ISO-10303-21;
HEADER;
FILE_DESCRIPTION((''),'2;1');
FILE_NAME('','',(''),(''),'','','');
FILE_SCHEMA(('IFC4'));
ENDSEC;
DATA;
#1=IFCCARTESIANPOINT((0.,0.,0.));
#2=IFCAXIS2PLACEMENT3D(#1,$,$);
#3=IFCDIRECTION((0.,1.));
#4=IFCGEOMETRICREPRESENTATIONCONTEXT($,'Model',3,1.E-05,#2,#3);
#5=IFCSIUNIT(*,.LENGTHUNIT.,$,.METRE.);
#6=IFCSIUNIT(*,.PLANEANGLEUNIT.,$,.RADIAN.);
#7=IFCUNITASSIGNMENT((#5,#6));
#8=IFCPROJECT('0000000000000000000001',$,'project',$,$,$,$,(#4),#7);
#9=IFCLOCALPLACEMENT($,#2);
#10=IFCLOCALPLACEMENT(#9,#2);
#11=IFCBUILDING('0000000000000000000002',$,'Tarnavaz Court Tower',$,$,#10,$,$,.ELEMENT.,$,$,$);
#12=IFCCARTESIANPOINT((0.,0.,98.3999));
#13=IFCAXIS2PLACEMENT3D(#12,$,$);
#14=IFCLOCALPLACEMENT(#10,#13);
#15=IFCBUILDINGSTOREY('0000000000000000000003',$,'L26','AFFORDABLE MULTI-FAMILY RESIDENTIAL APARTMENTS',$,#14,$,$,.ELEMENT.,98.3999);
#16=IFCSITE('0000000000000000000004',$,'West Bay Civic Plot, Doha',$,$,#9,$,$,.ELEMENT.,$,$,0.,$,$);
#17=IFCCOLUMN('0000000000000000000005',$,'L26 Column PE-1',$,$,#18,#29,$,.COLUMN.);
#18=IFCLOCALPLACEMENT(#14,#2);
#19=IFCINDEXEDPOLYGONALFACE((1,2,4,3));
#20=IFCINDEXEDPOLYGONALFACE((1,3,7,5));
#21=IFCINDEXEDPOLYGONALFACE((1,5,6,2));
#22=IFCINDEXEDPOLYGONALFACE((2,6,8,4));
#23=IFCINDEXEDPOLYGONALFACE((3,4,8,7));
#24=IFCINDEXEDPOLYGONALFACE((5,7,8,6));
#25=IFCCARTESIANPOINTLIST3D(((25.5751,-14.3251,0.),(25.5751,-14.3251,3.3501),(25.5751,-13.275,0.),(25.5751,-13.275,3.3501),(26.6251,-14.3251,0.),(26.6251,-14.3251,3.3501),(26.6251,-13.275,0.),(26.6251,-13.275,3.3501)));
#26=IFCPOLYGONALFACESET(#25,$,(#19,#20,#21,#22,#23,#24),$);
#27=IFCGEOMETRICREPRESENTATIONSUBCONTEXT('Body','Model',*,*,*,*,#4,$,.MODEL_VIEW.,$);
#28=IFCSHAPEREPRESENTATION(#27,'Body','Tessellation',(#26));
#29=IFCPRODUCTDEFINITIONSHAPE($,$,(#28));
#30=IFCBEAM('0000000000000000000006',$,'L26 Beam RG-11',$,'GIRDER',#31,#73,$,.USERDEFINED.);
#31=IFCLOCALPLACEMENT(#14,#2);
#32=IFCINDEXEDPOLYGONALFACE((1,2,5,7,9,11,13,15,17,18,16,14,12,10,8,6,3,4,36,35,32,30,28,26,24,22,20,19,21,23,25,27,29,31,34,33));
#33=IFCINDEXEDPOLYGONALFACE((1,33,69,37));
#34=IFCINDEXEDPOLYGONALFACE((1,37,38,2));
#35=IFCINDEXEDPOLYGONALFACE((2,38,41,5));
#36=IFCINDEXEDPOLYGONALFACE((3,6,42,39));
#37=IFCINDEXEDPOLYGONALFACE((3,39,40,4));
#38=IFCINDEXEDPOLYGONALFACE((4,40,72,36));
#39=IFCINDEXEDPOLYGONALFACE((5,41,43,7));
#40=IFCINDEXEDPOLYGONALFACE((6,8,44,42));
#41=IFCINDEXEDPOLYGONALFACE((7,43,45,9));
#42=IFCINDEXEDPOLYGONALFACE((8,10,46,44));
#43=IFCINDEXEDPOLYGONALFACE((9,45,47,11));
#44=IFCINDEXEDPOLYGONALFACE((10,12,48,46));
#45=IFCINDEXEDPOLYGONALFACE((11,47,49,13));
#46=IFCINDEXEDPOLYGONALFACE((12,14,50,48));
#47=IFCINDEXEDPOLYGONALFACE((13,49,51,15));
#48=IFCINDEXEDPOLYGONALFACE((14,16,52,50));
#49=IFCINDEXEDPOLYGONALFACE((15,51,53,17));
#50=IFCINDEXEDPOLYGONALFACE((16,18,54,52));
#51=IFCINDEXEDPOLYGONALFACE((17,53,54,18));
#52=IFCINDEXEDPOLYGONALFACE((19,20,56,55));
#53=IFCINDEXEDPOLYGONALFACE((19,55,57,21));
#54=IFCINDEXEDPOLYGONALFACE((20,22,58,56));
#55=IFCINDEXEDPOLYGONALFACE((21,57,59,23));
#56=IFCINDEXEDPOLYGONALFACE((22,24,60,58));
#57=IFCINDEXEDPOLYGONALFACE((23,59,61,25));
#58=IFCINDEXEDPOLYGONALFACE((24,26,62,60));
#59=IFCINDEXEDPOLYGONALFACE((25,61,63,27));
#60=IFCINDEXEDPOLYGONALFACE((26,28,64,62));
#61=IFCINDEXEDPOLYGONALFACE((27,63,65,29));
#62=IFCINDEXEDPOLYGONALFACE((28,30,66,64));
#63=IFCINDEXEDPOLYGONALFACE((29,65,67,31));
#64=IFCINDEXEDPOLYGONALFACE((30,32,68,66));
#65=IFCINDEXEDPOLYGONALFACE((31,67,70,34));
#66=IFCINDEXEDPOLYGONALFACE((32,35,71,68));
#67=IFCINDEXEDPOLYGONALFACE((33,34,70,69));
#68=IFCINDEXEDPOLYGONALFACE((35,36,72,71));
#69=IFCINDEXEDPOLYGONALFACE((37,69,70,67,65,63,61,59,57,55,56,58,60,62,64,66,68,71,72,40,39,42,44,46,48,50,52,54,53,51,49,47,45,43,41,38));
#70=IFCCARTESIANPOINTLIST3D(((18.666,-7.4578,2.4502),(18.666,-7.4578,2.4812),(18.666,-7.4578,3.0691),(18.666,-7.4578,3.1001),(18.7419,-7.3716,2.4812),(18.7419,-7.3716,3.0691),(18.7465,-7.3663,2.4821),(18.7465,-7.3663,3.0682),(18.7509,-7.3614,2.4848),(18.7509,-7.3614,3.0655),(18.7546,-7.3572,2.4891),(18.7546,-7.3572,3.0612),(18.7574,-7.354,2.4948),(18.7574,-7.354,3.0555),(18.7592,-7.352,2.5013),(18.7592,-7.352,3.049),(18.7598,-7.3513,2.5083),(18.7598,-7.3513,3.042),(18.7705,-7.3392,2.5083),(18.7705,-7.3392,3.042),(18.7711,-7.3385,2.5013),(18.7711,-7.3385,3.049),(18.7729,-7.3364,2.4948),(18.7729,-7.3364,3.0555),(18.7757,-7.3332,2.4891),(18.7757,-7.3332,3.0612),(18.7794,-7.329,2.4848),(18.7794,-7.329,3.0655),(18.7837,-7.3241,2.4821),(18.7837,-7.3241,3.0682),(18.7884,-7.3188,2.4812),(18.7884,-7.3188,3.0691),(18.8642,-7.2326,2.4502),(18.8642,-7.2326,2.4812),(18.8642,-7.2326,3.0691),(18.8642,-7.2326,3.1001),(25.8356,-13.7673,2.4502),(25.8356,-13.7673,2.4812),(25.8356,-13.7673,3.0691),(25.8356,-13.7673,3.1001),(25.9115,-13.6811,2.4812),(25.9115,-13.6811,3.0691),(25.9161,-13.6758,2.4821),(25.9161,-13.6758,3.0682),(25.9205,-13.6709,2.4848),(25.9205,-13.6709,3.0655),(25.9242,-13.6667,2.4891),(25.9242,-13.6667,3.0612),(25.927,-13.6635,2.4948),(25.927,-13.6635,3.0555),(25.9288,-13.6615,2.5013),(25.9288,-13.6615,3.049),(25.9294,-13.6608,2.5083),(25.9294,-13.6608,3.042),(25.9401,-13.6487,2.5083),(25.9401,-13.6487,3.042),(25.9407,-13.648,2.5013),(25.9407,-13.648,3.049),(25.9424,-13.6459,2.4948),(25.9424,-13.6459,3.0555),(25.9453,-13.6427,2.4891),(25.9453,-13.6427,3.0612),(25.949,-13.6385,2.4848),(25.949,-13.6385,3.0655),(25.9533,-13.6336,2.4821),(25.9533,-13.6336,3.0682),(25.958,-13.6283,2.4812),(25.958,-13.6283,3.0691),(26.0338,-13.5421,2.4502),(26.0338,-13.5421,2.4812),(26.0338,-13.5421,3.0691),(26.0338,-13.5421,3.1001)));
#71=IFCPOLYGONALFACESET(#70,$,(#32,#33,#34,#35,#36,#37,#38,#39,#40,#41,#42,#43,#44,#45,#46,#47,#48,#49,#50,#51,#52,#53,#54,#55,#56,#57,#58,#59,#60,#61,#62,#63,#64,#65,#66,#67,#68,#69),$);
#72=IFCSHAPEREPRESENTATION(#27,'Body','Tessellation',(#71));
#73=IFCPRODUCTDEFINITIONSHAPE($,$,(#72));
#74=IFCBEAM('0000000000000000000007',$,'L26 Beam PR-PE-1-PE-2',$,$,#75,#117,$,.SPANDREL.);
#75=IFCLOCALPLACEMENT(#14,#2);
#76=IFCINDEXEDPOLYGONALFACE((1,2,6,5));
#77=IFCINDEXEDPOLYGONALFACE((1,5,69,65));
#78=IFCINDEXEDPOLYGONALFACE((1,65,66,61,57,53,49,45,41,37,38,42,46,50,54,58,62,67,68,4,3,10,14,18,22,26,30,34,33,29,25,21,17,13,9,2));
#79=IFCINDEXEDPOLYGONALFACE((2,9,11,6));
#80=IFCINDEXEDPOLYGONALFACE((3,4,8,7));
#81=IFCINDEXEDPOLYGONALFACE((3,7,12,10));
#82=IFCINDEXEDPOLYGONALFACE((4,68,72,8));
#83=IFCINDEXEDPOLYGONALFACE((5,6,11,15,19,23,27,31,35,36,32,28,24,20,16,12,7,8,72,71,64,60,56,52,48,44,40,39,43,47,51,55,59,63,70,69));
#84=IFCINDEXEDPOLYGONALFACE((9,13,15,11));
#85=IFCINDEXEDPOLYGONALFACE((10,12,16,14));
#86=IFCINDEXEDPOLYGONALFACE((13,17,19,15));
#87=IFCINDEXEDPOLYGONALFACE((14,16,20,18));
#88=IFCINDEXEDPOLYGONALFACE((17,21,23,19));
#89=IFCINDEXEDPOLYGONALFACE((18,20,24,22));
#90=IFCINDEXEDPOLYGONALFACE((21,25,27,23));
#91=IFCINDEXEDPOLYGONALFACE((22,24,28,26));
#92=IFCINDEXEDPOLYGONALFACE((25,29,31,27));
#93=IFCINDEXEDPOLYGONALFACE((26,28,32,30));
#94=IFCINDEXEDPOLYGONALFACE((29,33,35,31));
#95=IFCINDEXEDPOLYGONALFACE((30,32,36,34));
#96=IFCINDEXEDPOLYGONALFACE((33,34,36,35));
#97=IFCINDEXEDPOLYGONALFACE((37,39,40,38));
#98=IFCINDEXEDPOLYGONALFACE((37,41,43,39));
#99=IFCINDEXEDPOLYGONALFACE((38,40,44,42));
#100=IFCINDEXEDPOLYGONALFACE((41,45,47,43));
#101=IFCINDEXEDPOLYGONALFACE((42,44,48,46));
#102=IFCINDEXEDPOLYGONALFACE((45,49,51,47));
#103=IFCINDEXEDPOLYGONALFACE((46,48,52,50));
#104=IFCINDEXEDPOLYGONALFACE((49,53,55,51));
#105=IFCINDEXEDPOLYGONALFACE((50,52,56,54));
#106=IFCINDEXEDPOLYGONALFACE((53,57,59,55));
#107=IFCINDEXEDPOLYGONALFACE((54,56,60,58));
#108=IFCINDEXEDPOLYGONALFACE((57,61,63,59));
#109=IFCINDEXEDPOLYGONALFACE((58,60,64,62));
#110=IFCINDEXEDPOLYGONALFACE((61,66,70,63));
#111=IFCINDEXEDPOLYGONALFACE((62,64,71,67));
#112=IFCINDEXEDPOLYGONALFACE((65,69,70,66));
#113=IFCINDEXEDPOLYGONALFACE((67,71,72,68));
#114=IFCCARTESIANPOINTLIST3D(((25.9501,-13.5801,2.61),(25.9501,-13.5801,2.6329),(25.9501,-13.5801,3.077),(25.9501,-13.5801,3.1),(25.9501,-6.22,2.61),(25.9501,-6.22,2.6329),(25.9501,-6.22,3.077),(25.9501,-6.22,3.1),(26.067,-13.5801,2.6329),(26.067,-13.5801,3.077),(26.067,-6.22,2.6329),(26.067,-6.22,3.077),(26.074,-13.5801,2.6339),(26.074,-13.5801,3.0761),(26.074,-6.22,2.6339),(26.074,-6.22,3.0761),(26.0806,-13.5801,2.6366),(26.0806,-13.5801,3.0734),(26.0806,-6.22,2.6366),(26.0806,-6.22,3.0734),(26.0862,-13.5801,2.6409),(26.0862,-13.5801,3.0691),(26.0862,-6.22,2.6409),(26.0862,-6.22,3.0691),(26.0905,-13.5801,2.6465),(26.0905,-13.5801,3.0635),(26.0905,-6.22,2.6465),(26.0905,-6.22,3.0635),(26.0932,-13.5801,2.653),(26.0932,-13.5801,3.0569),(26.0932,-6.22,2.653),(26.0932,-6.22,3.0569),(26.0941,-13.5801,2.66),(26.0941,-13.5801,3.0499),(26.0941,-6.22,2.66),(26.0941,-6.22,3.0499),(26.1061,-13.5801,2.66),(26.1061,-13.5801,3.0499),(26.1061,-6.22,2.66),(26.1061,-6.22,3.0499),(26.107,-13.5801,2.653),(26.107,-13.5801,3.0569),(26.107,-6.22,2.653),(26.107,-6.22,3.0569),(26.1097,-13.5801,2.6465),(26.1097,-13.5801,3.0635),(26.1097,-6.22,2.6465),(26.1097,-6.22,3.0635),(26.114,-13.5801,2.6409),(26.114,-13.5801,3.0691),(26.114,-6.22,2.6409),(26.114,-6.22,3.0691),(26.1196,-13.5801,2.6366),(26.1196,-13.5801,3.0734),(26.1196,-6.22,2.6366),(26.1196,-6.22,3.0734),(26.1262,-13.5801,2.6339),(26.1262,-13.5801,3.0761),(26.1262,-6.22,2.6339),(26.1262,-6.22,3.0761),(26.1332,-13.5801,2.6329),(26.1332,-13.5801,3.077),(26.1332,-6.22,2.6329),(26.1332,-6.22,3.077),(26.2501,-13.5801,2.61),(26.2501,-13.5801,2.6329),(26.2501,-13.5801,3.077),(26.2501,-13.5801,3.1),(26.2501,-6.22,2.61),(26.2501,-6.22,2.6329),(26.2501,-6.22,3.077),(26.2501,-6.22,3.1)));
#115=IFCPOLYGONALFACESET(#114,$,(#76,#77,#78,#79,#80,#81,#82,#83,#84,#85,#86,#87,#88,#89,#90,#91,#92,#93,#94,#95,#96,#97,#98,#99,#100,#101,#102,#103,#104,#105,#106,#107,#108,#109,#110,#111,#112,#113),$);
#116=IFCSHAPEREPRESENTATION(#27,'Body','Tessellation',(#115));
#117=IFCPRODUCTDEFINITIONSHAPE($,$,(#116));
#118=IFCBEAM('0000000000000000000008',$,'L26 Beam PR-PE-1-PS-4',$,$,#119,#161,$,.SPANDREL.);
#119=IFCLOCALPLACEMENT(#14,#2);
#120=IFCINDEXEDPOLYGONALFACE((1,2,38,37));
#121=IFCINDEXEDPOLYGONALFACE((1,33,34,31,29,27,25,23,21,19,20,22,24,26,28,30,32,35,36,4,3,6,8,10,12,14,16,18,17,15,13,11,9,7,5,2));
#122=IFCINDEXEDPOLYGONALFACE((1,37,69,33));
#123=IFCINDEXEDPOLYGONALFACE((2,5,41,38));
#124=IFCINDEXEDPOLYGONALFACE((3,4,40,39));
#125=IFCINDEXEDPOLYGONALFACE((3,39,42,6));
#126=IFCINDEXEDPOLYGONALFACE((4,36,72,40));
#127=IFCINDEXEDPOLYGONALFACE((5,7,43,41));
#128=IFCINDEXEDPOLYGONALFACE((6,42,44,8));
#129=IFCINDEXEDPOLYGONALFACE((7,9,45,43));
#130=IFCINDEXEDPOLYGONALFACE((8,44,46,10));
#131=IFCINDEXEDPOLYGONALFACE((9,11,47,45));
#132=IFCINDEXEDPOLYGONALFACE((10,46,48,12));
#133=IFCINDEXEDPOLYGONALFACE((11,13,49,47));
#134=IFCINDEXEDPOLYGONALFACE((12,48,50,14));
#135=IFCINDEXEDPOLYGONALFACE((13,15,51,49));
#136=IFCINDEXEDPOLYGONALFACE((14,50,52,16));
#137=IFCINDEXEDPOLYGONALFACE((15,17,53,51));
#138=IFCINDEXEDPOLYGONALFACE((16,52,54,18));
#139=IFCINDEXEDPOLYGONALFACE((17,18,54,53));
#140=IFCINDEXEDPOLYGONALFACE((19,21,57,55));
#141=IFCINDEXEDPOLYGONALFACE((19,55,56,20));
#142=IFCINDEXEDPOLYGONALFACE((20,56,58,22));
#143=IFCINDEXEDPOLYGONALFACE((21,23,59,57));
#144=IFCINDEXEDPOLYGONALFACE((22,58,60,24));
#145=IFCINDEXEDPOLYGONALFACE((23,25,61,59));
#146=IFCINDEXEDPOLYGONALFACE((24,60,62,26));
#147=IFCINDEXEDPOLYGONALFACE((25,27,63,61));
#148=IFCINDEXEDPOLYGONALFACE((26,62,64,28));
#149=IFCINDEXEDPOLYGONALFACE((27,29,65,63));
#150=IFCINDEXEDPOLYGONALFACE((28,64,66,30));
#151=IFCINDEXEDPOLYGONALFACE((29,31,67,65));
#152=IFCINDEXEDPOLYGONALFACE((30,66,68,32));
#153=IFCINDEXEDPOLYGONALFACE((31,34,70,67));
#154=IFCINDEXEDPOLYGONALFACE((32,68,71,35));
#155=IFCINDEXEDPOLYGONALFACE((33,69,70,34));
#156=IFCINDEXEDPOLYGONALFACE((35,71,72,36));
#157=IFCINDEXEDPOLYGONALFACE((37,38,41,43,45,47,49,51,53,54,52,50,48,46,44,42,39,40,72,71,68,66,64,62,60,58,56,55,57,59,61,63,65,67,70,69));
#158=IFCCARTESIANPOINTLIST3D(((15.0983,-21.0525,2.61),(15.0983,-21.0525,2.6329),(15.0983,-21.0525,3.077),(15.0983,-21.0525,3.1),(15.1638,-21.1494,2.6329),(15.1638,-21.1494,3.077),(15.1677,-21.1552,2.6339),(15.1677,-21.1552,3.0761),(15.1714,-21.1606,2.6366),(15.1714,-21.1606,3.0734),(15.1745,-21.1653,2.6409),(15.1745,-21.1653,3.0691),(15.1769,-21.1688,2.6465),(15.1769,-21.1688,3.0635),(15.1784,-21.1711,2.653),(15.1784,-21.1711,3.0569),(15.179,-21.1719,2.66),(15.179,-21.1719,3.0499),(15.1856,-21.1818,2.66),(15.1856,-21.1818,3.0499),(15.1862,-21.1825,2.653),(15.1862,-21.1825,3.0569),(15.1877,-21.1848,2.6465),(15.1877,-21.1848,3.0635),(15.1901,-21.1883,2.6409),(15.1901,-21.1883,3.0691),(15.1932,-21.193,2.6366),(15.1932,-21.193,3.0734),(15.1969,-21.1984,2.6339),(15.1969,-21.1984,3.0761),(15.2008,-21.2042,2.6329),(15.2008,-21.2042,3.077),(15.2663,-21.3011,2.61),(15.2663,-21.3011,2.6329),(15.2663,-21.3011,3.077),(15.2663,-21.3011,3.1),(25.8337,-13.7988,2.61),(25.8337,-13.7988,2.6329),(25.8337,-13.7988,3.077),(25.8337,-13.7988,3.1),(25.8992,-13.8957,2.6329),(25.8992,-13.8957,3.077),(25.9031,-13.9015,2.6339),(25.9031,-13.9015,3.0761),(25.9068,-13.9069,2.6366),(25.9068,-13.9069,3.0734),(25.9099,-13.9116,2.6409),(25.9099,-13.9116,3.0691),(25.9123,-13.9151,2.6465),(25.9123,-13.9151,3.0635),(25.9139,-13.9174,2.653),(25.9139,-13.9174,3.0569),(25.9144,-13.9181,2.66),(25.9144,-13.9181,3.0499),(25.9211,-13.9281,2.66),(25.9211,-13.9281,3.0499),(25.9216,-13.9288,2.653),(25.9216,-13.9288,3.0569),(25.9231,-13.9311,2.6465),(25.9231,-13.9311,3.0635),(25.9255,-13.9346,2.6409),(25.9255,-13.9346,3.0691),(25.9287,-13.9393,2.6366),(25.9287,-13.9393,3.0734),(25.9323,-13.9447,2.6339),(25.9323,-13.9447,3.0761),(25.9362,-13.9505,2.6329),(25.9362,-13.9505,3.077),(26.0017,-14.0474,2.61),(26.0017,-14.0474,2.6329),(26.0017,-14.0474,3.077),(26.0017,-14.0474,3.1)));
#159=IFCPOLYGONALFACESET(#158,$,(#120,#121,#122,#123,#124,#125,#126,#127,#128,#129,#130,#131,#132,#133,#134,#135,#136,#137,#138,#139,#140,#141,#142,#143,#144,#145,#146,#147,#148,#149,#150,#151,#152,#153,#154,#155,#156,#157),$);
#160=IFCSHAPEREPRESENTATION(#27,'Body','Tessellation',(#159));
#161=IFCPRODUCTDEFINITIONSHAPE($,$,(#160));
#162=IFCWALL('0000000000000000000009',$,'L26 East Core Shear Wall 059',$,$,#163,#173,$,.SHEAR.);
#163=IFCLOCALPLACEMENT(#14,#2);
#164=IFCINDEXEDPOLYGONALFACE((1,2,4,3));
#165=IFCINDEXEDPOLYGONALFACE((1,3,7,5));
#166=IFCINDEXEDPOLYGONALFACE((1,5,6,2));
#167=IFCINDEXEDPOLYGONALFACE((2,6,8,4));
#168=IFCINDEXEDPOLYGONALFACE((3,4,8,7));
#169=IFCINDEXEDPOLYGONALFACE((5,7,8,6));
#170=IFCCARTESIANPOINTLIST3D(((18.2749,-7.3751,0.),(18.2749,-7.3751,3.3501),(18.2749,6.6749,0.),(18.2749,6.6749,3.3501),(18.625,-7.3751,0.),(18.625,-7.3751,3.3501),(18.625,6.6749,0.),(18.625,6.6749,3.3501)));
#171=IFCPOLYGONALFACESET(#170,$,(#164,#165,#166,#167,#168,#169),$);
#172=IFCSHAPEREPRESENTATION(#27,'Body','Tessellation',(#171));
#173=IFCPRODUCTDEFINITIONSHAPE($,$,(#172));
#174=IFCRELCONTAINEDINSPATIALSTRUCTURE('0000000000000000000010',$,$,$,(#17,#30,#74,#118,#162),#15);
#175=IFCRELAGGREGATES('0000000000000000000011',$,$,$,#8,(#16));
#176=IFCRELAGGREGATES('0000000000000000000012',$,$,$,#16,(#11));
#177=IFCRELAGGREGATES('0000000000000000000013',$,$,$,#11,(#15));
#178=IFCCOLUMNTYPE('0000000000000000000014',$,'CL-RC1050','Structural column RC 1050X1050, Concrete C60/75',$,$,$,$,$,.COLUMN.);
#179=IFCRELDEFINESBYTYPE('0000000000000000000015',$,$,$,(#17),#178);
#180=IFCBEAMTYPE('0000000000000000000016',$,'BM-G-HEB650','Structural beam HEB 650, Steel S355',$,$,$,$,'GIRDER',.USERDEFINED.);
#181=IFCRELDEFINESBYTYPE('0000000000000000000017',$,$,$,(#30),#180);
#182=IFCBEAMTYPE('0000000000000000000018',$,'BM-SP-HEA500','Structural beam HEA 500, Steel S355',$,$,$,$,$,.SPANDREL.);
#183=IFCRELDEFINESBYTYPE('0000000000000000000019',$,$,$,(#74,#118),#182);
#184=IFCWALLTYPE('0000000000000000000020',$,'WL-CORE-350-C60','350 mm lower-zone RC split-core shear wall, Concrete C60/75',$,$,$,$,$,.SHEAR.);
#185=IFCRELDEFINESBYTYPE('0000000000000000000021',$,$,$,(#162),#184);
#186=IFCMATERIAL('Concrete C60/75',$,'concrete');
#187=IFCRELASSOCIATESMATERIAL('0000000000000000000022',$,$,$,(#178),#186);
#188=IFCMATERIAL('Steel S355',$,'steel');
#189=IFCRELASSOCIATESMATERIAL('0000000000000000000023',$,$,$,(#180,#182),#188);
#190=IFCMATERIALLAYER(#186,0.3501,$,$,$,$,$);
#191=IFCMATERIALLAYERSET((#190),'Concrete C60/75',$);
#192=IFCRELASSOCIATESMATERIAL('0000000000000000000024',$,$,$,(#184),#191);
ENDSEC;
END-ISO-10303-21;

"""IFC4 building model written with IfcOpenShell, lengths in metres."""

from ifc_helpers import new_model, si_unit, direction, frame, frame_2d, origin, origin_2d, place, context, subcontext, project, spatial, rectangle, i_section, extrude, material, layer, layer_set, material_profile, profile_set, type_object, element, save


model = new_model("IFC4")

# Units and contexts
model_context = context("Model", 3, precision=1e-05, world=origin(), true_north=direction((0.0, 1.0)))
body_context = subcontext(model_context, "Body", "Model", "MODEL_VIEW")
ifc_project = project(units=[si_unit("LENGTHUNIT", "METRE"), si_unit("PLANEANGLEUNIT", "RADIAN")], contexts=[model_context])

# Site, building, storey
site_placement = place(None, origin())
site = spatial("IfcSite", under=ifc_project, at=site_placement, Name="West Bay Civic Plot, Doha", CompositionType="ELEMENT", RefElevation=0.0)
building_placement = place(site_placement, origin())
building = spatial("IfcBuilding", under=site, at=building_placement, Name="Tarnavaz Court Tower", CompositionType="ELEMENT")
storey_placement = place(building_placement, frame((0.0, 0.0, 98.3999)))
storey = spatial("IfcBuildingStorey", under=building, at=storey_placement, Name="L26", Description="AFFORDABLE MULTI-FAMILY RESIDENTIAL APARTMENTS", CompositionType="ELEMENT", Elevation=98.3999)

# Column
ifc_material_1 = material(Name="Concrete C60/75", Category="concrete")
ifc_material_profile_1 = material_profile(ifc_material_1, rectangle(XDim=1.05, YDim=1.05, at=origin_2d()), Name="RC 1050X1050")
ifc_profile_set_1 = profile_set([ifc_material_profile_1], Name="Concrete C60/75")
column_type = type_object("IfcColumnType", Name="CL-RC1050", Description="Structural column RC 1050X1050, Concrete C60/75", PredefinedType="COLUMN", material=ifc_profile_set_1)
column_placement = place(storey_placement, frame((26.1001, -13.8, 0.0), z_axis=(0.0, 0.0, 1.0), x_axis=(1.0, 0.0, 0.0)))
element("IfcColumn", 1, at=column_placement, inside=storey, type_object=column_type, Name="L26 Column PE-1", PredefinedType="COLUMN", context=body_context, shape_type="SweptSolid", body=[
    extrude(rectangle(XDim=1.05, YDim=1.05, at=origin_2d()), origin(), (0.0, 0.0, 1.0), 3.3501),
])

# Beams
ifc_material_2 = material(Name="Steel S355", Category="steel")
ifc_material_profile_2 = material_profile(ifc_material_2, i_section(OverallWidth=0.3, OverallDepth=0.6499, WebThickness=0.0161, FlangeThickness=0.031, FilletRadius=0.0271, at=origin_2d()), Name="HEB 650")
ifc_profile_set_2 = profile_set([ifc_material_profile_2], Name="Steel S355")
beam_type_1 = type_object("IfcBeamType", Name="BM-G-HEB650", Description="Structural beam HEB 650, Steel S355", ElementType="GIRDER", PredefinedType="USERDEFINED", material=ifc_profile_set_2)
beam_1_placement = place(storey_placement, frame((18.7651, -7.3452, 2.7751), z_axis=(0.7507, -0.660643, 0.0), x_axis=(0.660643, 0.7507, 0.0)))
element("IfcBeam", 2, at=beam_1_placement, inside=storey, type_object=beam_type_1, Name="L26 Beam RG-11", ObjectType="GIRDER", PredefinedType="USERDEFINED", context=body_context, shape_type="SweptSolid", body=[
    extrude(i_section(OverallWidth=0.3, OverallDepth=0.6499, WebThickness=0.0161, FlangeThickness=0.031, FilletRadius=0.0271, at=origin_2d()), origin(), (0.0, 0.0, 1.0), 9.5505),
])
ifc_material_profile_3 = material_profile(ifc_material_2, i_section(OverallWidth=0.3, OverallDepth=0.49, WebThickness=0.012, FlangeThickness=0.0229, FilletRadius=0.0271, at=origin_2d()), Name="HEA 500")
ifc_profile_set_3 = profile_set([ifc_material_profile_3], Name="Steel S355")
beam_type_2 = type_object("IfcBeamType", Name="BM-SP-HEA500", Description="Structural beam HEA 500, Steel S355", PredefinedType="SPANDREL", material=ifc_profile_set_3)
beam_2_placement = place(storey_placement, frame((26.1001, -13.5801, 2.855), z_axis=(0.0, 1.0, 0.0), x_axis=(-1.0, 0.0, 0.0)))
element("IfcBeam", 3, at=beam_2_placement, inside=storey, type_object=beam_type_2, Name="L26 Beam PR-PE-1-PE-2", PredefinedType="SPANDREL", context=body_context, shape_type="SweptSolid", body=[
    extrude(i_section(OverallWidth=0.3, OverallDepth=0.49, WebThickness=0.012, FlangeThickness=0.0229, FilletRadius=0.0271, at=origin_2d()), origin(), (0.0, 0.0, 1.0), 7.3601),
])
beam_3_placement = place(storey_placement, frame((25.9177, -13.9231, 2.855), z_axis=(-0.828587, -0.55986, 0.0), x_axis=(0.55986, -0.828587, 0.0)))
element("IfcBeam", 4, at=beam_3_placement, inside=storey, type_object=beam_type_2, Name="L26 Beam PR-PE-1-PS-4", PredefinedType="SPANDREL", context=body_context, shape_type="SweptSolid", body=[
    extrude(i_section(OverallWidth=0.3, OverallDepth=0.49, WebThickness=0.012, FlangeThickness=0.0229, FilletRadius=0.0271, at=origin_2d()), origin(), (0.0, 0.0, 1.0), 12.9563),
])

# Wall
ifc_layer_1 = layer(ifc_material_1, 0.3501)
ifc_layer_set_1 = layer_set([ifc_layer_1], Name="Concrete C60/75")
wall_type_1 = type_object("IfcWallType", Name="WL-CORE-350-C60", Description="350 mm lower-zone RC split-core shear wall, Concrete C60/75", PredefinedType="SHEAR", material=ifc_layer_set_1)
wall_1_placement = place(storey_placement, frame((18.45, -7.375, 0.0), z_axis=(0.0, 0.0, 1.0), x_axis=(0.0, 1.0, 0.0)))
element("IfcWall", 5, at=wall_1_placement, inside=storey, type_object=wall_type_1, Name="L26 East Core Shear Wall 059", PredefinedType="SHEAR", context=body_context, shape_type="SweptSolid", body=[
    extrude(rectangle(XDim=14.05, YDim=0.3501, at=frame_2d((7.0249, 0.0))), origin(), (0.0, 0.0, 1.0), 3.3501),
])

save(model, "model.ifc")
